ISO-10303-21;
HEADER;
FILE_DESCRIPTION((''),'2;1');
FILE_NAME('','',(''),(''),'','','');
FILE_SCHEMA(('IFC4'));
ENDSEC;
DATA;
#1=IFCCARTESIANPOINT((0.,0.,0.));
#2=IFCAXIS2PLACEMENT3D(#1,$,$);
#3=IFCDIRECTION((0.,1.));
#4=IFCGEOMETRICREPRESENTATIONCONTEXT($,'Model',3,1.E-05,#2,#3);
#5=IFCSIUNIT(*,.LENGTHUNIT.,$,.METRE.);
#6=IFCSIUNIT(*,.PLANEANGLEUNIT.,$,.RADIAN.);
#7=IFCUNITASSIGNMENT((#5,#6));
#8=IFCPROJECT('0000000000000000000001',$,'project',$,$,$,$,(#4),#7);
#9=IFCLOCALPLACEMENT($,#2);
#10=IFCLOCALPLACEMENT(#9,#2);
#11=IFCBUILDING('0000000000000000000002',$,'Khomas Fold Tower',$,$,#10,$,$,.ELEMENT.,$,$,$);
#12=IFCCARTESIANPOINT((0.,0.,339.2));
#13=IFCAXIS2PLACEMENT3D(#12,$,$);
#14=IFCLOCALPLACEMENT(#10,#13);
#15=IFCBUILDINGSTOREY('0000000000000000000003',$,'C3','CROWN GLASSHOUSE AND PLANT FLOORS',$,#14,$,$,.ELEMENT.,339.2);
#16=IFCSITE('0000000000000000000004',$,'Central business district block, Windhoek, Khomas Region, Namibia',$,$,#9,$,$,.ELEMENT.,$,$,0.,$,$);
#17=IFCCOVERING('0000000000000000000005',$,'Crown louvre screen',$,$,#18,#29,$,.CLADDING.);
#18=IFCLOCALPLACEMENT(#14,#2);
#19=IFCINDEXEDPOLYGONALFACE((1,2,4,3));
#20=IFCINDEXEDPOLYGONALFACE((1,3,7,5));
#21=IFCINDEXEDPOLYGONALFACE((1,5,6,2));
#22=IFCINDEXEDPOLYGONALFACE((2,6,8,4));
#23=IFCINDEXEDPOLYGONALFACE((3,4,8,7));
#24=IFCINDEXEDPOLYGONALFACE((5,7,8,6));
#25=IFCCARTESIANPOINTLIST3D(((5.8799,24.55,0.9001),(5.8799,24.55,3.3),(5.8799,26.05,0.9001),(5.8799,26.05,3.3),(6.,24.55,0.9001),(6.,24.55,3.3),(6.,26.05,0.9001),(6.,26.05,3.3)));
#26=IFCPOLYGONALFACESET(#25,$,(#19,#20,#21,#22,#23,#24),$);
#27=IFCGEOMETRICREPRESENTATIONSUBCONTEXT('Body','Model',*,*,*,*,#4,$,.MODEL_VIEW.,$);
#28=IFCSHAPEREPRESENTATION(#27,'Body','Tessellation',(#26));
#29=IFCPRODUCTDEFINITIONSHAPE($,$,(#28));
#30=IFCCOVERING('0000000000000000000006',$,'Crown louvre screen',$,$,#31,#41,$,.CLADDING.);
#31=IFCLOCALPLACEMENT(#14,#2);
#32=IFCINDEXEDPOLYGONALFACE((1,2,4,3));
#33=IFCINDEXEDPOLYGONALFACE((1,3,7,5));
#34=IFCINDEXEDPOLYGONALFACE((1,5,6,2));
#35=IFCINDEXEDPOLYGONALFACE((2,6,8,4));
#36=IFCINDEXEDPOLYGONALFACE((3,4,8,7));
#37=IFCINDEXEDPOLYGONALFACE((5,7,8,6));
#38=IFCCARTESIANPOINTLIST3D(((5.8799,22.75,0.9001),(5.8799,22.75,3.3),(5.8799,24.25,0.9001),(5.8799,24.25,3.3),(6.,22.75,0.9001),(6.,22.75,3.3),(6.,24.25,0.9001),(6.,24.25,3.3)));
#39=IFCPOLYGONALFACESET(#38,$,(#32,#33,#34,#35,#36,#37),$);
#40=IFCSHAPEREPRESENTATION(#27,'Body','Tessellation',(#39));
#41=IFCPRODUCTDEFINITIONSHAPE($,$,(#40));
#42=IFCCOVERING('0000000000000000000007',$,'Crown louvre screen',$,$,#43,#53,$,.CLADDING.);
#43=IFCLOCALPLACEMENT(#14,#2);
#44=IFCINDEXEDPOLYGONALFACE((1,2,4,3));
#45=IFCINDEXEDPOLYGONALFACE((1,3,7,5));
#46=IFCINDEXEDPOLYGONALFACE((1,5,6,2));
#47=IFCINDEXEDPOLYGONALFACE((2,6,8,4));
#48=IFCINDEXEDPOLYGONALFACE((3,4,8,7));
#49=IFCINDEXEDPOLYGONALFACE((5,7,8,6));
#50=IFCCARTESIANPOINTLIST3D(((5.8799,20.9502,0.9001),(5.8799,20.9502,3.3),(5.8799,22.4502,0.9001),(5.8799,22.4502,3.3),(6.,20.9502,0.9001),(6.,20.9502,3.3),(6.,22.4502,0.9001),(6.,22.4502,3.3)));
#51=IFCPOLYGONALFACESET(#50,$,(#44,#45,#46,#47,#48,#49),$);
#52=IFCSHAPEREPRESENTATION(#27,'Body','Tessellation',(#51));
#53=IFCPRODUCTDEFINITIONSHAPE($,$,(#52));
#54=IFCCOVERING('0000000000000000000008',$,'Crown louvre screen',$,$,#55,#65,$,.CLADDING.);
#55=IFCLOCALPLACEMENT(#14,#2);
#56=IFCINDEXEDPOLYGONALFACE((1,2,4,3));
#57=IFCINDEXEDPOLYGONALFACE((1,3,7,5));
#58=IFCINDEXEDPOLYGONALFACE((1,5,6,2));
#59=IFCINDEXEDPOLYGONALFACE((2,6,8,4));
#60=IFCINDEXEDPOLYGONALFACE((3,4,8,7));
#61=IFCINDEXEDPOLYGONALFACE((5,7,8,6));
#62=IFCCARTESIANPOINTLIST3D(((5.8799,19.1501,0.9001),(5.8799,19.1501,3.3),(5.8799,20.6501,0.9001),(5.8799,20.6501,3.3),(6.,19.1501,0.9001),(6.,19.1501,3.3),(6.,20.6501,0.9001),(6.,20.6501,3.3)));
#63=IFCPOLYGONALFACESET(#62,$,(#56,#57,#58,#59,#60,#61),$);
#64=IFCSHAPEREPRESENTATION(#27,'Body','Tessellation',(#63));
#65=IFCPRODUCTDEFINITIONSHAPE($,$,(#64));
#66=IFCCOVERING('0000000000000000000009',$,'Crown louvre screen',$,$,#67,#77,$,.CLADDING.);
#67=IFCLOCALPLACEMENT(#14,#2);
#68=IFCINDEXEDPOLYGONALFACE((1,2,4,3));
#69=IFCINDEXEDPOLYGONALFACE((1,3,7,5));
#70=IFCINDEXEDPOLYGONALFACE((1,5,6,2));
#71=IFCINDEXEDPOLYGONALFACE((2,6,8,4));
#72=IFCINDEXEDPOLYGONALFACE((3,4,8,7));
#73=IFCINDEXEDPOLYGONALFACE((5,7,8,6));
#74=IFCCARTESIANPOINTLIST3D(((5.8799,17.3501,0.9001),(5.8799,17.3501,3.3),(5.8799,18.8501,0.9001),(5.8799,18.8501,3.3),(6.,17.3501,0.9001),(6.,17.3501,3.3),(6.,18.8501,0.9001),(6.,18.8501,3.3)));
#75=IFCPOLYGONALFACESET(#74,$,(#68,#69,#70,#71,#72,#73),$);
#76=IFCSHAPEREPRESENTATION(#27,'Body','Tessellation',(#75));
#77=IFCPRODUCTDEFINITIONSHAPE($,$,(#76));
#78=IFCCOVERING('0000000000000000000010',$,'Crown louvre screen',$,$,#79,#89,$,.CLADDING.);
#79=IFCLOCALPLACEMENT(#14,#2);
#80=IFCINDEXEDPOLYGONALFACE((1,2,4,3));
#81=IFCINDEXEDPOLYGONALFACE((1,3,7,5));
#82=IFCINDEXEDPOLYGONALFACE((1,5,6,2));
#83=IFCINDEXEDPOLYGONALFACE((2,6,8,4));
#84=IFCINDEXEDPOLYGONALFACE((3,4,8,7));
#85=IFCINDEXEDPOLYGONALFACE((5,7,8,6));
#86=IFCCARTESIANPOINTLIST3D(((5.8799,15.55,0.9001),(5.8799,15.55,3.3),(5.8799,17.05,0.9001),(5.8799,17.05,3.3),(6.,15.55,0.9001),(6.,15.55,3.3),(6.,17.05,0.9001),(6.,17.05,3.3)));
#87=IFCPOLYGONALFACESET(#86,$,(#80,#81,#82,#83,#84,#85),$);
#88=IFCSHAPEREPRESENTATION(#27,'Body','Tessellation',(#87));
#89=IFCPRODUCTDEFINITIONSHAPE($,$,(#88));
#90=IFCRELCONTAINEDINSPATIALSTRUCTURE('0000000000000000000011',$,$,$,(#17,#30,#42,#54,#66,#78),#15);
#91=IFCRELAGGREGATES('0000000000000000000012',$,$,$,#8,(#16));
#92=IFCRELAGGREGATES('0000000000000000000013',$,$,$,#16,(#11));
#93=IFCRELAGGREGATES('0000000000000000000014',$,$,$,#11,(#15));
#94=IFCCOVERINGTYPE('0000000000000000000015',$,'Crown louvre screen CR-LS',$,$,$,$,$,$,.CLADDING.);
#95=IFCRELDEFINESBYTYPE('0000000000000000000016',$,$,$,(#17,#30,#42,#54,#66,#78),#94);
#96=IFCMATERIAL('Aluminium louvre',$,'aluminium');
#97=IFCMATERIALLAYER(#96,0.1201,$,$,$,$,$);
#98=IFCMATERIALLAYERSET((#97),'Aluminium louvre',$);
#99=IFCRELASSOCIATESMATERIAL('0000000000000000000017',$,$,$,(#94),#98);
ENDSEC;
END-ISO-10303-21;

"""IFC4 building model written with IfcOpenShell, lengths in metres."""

from ifc_helpers import new_model, si_unit, direction, frame, origin, origin_2d, place, context, subcontext, project, spatial, rectangle, extrude, source, transform, mapped, material, layer, layer_set, type_object, element, save


model = new_model("IFC4")

# Units and contexts
model_context = context("Model", 3, precision=1e-05, world=origin(), true_north=direction((0.0, 1.0)))
body_context = subcontext(model_context, "Body", "Model", "MODEL_VIEW")
ifc_project = project(units=[si_unit("LENGTHUNIT", "METRE"), si_unit("PLANEANGLEUNIT", "RADIAN")], contexts=[model_context])

# Site, building, storey
site_placement = place(None, origin())
site = spatial("IfcSite", under=ifc_project, at=site_placement, Name="Central business district block, Windhoek, Khomas Region, Namibia", CompositionType="ELEMENT", RefElevation=0.0)
building_placement = place(site_placement, origin())
building = spatial("IfcBuilding", under=site, at=building_placement, Name="Khomas Fold Tower", CompositionType="ELEMENT")
storey_placement = place(building_placement, frame((0.0, 0.0, 339.2)))
storey = spatial("IfcBuildingStorey", under=building, at=storey_placement, Name="C3", Description="CROWN GLASSHOUSE AND PLANT FLOORS", CompositionType="ELEMENT", Elevation=339.2)

# Coverings
ifc_material_1 = material(Name="Aluminium louvre", Category="aluminium")
ifc_layer_1 = layer(ifc_material_1, 0.1201)
ifc_layer_set_1 = layer_set([ifc_layer_1], Name="Aluminium louvre")
covering_type = type_object("IfcCoveringType", Name="Crown louvre screen CR-LS", PredefinedType="CLADDING", material=ifc_layer_set_1)
shared_shape_1 = source(origin(), body_context, "Body", "SweptSolid", [
    extrude(rectangle(XDim=1.5, YDim=0.1201, at=origin_2d()), origin(), (0.0, 0.0, 1.0), 2.3999),
])
for number, where, z_axis, x_axis, name in (
    (1, (5.9399, 25.3, 0.9001), (0.0, 0.0, 1.0), (0.0, -1.0, 0.0), "Crown louvre screen"),
    (2, (5.9399, 23.5, 0.9001), (0.0, 0.0, 1.0), (0.0, -1.0, 0.0), "Crown louvre screen"),
    (3, (5.9399, 21.7002, 0.9001), (0.0, 0.0, 1.0), (0.0, -1.0, 0.0), "Crown louvre screen"),
    (4, (5.9399, 19.9001, 0.9001), (0.0, 0.0, 1.0), (0.0, -1.0, 0.0), "Crown louvre screen"),
    (5, (5.9399, 18.1001, 0.9001), (0.0, 0.0, 1.0), (0.0, -1.0, 0.0), "Crown louvre screen"),
    (6, (5.9399, 16.3, 0.9001), (0.0, 0.0, 1.0), (0.0, -1.0, 0.0), "Crown louvre screen"),
):
    element("IfcCovering", number, at=place(storey_placement, frame(where, z_axis=z_axis, x_axis=x_axis)), inside=storey, type_object=covering_type, Name=name, PredefinedType="CLADDING", context=body_context, shape_type="MappedRepresentation", body=[
        mapped(shared_shape_1, transform((0.0, 0.0, 0.0))),
    ])

save(model, "model.ifc")
